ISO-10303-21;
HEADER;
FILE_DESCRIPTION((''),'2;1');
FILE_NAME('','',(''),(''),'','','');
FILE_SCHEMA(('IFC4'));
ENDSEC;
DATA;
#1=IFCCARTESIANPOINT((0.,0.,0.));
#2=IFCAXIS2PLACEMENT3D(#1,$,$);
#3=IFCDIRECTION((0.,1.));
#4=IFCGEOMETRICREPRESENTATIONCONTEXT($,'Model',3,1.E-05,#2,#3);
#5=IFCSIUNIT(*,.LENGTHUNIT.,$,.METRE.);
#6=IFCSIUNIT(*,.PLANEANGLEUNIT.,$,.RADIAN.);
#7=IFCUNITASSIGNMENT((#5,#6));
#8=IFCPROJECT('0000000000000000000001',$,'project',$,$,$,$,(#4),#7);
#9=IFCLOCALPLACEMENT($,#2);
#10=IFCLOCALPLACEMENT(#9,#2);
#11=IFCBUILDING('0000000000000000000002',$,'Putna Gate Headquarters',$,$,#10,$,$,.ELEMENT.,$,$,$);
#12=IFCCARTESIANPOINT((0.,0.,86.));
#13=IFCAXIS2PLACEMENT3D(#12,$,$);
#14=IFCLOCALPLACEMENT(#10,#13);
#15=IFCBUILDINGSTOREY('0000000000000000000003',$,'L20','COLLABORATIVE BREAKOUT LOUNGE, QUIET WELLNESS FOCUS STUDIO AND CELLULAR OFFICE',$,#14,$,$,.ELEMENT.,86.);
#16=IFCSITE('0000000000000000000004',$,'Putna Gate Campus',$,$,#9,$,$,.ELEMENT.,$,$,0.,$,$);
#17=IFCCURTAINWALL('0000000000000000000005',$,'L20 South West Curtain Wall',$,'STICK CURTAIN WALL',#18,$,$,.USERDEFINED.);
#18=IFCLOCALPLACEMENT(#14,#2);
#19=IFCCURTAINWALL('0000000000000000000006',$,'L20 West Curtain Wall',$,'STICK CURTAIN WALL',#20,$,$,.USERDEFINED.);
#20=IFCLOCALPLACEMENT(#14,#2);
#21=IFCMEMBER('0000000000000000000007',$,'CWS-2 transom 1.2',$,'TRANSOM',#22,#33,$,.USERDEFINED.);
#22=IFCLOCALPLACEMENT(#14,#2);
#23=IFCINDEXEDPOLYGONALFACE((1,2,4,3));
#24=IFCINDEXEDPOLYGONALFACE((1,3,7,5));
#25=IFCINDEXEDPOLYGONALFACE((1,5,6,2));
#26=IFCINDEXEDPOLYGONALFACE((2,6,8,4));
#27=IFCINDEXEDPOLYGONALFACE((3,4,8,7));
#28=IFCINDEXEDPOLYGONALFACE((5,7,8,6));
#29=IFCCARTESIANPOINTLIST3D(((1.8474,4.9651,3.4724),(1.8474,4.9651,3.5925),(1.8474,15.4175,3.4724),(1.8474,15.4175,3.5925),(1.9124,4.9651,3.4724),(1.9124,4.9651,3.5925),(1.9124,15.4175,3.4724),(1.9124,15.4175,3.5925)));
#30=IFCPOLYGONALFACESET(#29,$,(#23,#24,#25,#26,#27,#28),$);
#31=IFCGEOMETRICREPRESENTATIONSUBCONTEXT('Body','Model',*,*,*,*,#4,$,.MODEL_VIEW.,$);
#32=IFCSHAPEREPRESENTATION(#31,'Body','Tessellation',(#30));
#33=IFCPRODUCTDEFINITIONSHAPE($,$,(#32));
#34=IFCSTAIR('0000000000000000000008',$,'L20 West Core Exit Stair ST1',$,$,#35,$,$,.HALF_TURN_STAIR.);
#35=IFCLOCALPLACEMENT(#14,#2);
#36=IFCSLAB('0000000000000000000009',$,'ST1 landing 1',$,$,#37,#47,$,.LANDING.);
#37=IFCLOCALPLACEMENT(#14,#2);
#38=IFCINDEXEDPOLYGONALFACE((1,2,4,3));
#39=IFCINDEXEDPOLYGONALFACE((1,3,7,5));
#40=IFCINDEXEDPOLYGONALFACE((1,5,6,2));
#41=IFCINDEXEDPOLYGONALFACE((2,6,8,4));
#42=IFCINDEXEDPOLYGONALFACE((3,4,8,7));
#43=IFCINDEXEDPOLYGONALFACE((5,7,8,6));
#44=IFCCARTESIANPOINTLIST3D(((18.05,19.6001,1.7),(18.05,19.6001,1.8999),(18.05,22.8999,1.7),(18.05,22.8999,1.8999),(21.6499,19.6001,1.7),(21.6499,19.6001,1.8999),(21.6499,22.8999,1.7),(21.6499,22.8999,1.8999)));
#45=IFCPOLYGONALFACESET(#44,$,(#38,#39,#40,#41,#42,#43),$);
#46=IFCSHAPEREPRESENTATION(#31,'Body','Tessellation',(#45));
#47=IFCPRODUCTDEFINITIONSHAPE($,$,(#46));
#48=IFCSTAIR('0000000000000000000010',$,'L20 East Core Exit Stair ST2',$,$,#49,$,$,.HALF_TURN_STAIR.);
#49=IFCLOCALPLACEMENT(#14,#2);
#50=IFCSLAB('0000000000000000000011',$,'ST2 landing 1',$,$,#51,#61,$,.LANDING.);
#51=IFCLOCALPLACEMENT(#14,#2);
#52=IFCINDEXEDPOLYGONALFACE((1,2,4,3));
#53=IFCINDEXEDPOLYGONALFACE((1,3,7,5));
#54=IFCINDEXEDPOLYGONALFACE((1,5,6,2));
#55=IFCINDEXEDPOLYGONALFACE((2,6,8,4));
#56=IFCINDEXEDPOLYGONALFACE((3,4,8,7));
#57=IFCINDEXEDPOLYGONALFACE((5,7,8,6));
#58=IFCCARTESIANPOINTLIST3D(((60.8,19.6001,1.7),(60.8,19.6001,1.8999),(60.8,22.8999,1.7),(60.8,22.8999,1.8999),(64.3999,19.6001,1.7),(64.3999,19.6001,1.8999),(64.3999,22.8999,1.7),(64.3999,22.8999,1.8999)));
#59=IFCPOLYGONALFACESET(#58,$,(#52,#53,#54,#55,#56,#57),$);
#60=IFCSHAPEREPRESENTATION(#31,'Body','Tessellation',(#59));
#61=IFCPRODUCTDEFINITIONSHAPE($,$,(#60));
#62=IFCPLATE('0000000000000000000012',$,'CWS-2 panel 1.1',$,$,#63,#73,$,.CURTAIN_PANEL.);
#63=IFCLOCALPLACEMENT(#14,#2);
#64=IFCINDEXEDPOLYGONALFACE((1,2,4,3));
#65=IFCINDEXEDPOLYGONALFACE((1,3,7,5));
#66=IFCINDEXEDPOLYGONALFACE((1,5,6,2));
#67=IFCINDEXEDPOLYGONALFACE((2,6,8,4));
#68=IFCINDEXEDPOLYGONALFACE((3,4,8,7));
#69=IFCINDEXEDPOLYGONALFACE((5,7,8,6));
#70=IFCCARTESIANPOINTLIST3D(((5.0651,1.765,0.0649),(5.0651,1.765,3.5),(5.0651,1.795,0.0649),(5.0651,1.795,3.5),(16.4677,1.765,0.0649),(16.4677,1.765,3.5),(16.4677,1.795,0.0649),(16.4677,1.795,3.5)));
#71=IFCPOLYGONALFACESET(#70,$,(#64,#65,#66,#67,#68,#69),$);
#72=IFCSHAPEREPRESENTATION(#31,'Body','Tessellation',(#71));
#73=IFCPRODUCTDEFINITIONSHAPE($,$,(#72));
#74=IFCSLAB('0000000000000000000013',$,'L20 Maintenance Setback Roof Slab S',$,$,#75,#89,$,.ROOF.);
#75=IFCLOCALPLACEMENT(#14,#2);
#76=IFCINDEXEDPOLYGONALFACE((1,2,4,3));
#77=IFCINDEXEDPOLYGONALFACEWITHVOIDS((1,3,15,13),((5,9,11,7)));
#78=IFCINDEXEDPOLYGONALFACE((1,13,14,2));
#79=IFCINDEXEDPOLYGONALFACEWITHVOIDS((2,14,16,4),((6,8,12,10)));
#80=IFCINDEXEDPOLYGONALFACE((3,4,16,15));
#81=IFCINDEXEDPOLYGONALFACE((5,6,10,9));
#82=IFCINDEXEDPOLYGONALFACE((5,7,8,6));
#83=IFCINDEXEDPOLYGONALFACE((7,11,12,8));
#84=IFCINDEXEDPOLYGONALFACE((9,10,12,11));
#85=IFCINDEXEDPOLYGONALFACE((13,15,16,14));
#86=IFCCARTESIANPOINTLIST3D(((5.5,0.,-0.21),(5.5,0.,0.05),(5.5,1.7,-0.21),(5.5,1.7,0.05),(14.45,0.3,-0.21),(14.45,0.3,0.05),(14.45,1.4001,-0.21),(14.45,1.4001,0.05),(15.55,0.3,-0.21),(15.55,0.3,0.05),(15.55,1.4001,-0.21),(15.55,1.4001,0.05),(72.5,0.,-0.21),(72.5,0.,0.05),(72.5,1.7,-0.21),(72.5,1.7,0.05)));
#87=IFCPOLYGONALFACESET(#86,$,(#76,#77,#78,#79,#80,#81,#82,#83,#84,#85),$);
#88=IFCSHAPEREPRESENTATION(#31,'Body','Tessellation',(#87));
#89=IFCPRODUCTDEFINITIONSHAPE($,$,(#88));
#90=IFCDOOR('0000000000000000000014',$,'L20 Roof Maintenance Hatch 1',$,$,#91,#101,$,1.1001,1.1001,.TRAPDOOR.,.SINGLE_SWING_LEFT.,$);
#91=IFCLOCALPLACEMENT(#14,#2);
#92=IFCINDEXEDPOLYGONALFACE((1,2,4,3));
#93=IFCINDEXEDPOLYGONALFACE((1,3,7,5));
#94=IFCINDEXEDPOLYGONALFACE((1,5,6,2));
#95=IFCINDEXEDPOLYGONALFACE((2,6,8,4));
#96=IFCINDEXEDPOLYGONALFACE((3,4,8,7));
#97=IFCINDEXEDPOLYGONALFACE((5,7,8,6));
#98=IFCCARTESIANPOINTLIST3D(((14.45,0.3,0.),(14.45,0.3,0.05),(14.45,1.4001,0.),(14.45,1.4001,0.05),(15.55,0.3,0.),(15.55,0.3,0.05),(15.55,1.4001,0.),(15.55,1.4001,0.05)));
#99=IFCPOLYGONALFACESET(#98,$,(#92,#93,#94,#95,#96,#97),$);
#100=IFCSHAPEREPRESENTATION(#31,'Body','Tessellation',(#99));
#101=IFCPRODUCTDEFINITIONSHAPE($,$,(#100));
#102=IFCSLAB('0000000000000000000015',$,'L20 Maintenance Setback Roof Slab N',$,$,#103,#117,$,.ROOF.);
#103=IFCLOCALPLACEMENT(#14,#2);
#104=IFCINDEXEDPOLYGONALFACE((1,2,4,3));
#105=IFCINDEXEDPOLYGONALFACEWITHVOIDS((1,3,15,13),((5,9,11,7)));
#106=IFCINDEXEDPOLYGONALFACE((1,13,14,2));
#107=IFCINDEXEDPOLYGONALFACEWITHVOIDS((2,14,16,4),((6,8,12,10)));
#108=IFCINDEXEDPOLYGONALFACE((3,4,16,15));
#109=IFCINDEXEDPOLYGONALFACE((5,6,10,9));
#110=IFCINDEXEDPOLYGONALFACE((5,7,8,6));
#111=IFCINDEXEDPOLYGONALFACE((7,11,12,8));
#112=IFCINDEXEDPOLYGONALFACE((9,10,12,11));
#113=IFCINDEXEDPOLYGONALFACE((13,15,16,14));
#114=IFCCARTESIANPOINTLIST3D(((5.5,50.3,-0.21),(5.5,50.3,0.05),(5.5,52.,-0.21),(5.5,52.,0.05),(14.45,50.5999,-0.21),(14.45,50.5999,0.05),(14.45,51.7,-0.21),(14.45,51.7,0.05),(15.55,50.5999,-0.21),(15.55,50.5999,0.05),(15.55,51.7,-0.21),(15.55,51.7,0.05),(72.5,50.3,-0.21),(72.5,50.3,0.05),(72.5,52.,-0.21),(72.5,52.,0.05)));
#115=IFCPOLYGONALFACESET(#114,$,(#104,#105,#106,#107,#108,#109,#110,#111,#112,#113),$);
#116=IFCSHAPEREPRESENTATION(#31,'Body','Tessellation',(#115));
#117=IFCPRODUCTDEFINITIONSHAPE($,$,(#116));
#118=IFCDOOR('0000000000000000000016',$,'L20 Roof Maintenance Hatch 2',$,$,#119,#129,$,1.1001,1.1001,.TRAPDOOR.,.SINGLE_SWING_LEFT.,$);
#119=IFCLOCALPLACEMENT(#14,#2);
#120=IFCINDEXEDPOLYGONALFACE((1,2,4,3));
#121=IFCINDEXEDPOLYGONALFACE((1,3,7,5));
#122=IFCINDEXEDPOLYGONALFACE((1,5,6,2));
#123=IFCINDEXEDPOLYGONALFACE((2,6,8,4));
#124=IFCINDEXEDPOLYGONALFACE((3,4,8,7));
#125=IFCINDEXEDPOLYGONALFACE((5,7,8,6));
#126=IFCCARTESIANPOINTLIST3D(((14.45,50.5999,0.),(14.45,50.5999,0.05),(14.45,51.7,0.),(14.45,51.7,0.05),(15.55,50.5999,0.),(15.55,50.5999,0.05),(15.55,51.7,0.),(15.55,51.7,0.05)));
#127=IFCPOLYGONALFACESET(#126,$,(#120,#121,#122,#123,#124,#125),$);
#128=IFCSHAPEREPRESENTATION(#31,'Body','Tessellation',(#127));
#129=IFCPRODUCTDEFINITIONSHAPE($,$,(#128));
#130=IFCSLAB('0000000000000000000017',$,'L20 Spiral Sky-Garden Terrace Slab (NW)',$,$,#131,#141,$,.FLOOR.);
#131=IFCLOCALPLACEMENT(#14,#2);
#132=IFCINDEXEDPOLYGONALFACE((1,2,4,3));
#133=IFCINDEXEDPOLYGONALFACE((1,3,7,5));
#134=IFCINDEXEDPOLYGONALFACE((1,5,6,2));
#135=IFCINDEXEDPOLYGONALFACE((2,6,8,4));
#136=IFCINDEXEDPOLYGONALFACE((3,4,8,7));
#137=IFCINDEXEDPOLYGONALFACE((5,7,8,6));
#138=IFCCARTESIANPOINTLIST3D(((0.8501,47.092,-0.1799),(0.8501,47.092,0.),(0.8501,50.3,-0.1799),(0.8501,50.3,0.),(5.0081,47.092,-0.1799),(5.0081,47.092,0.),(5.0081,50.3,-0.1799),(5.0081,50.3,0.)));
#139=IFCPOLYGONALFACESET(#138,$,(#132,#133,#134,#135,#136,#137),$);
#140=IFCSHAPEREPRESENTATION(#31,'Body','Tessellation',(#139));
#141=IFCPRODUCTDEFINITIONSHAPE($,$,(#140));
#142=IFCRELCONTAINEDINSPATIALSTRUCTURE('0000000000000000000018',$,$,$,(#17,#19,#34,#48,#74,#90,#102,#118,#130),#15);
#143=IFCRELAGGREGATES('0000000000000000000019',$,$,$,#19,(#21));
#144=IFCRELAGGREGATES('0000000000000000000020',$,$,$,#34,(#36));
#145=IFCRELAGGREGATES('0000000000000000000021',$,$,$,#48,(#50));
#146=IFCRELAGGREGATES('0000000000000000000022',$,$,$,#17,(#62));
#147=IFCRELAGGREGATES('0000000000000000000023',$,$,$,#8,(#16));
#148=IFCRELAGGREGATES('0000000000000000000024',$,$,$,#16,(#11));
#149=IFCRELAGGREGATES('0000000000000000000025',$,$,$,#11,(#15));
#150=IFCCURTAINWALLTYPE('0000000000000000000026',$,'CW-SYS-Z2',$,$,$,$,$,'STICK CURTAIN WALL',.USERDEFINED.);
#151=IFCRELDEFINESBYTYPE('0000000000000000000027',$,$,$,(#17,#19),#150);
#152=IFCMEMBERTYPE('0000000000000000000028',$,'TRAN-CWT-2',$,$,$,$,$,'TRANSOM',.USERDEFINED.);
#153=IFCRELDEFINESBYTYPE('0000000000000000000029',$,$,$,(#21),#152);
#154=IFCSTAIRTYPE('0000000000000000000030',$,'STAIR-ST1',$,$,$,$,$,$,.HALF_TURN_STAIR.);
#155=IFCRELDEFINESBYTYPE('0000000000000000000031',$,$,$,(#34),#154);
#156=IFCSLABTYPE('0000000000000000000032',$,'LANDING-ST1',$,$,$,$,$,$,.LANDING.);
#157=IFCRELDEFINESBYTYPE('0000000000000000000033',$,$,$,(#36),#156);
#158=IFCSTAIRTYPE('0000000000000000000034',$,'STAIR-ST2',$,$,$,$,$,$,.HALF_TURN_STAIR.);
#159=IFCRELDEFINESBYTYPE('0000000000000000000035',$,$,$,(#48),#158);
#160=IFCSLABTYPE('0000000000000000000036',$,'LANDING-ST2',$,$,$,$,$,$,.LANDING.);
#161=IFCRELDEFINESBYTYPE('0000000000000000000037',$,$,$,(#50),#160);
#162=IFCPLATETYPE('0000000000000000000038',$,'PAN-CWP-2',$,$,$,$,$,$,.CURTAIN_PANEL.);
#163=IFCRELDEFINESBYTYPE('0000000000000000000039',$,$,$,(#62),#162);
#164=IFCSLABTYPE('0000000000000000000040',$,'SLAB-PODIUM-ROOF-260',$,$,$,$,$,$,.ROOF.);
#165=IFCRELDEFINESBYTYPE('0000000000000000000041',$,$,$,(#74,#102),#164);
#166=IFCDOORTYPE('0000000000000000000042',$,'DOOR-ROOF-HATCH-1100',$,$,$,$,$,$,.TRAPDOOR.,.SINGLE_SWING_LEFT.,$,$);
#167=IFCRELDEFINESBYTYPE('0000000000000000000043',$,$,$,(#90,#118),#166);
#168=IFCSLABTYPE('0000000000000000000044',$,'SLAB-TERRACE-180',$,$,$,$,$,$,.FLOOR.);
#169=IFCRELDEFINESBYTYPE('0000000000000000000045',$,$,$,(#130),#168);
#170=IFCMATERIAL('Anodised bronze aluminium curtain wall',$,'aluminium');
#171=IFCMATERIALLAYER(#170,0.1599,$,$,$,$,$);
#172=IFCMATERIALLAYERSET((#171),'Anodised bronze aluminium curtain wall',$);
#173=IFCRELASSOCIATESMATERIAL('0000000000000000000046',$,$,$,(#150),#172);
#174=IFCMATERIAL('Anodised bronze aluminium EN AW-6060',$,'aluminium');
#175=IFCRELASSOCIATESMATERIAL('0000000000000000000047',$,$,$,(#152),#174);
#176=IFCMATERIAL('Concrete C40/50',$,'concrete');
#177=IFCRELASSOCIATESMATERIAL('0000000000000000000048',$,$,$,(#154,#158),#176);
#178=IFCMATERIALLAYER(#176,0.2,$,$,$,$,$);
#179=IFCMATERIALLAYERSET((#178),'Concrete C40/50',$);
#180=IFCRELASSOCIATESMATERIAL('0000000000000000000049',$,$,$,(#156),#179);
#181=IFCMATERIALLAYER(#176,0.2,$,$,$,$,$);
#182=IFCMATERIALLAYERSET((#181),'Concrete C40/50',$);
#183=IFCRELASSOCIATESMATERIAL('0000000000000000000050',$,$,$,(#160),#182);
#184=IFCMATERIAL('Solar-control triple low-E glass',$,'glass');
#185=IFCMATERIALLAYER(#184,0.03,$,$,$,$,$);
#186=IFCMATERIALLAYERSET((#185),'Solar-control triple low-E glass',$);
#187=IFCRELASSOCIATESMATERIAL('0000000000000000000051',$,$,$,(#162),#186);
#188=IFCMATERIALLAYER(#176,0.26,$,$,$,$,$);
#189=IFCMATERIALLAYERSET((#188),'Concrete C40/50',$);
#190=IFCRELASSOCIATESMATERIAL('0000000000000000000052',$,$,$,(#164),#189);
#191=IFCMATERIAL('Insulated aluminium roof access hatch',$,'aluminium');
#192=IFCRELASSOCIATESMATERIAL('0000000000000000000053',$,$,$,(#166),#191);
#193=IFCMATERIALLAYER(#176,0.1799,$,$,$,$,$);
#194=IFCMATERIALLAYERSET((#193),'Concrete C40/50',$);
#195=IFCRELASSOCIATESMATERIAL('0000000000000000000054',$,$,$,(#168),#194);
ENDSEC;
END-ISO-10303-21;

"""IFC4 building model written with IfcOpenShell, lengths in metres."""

from ifc_helpers import new_model, si_unit, direction, frame, origin, origin_2d, place, context, subcontext, project, spatial, polyline, rectangle, outline, extrude, material, layer, layer_set, material_profile, profile_set, type_object, element, fill, aggregate, save


model = new_model("IFC4")

# Units and contexts
model_context = context("Model", 3, precision=1e-05, world=origin(), true_north=direction((0.0, 1.0)))
body_context = subcontext(model_context, "Body", "Model", "MODEL_VIEW")
ifc_project = project(units=[si_unit("LENGTHUNIT", "METRE"), si_unit("PLANEANGLEUNIT", "RADIAN")], contexts=[model_context])

# Site, building, storey
site_placement = place(None, origin())
site = spatial("IfcSite", under=ifc_project, at=site_placement, Name="Putna Gate Campus", CompositionType="ELEMENT", RefElevation=0.0)
building_placement = place(site_placement, origin())
building = spatial("IfcBuilding", under=site, at=building_placement, Name="Putna Gate Headquarters", CompositionType="ELEMENT")
storey_placement = place(building_placement, frame((0.0, 0.0, 86.0)))
storey = spatial("IfcBuildingStorey", under=building, at=storey_placement, Name="L20", Description="COLLABORATIVE BREAKOUT LOUNGE, QUIET WELLNESS FOCUS STUDIO AND CELLULAR OFFICE", CompositionType="ELEMENT", Elevation=86.0)

# Curtain walls
ifc_material_1 = material(Name="Anodised bronze aluminium curtain wall", Category="aluminium")
ifc_layer_1 = layer(ifc_material_1, 0.1599)
ifc_layer_set_1 = layer_set([ifc_layer_1], Name="Anodised bronze aluminium curtain wall")
curtain_wall_type = type_object("IfcCurtainWallType", Name="CW-SYS-Z2", ElementType="STICK CURTAIN WALL", PredefinedType="USERDEFINED", material=ifc_layer_set_1)
curtain_wall_1_placement = place(storey_placement, origin())
curtain_wall_1 = element("IfcCurtainWall", 1, at=curtain_wall_1_placement, inside=storey, type_object=curtain_wall_type, Name="L20 South West Curtain Wall", ObjectType="STICK CURTAIN WALL", PredefinedType="USERDEFINED")
ifc_material_2 = material(Name="Anodised bronze aluminium EN AW-6060", Category="aluminium")
curtain_wall_2_placement = place(storey_placement, origin())
curtain_wall_2 = element("IfcCurtainWall", 2, at=curtain_wall_2_placement, inside=storey, type_object=curtain_wall_type, Name="L20 West Curtain Wall", ObjectType="STICK CURTAIN WALL", PredefinedType="USERDEFINED")

# Member
ifc_material_profile_1 = material_profile(ifc_material_2, rectangle(XDim=0.0649, YDim=0.1201, at=origin_2d()), Name="Anodised bronze aluminium EN AW-6060")
ifc_profile_set_1 = profile_set([ifc_material_profile_1], Name="Anodised bronze aluminium EN AW-6060")
member_type_1 = type_object("IfcMemberType", Name="TRAN-CWT-2", ElementType="TRANSOM", PredefinedType="USERDEFINED", material=ifc_profile_set_1)
member_1_placement = place(storey_placement, frame((1.8799, 4.9651, 3.5325), z_axis=(0.0, 1.0, 0.0), x_axis=(-1.0, 0.0, 0.0)))
member_1 = element("IfcMember", 3, at=member_1_placement, type_object=member_type_1, Name="CWS-2 transom 1.2", ObjectType="TRANSOM", PredefinedType="USERDEFINED", context=body_context, shape_type="SweptSolid", body=[
    extrude(rectangle(XDim=0.0649, YDim=0.1201, at=origin_2d()), origin(), (0.0, 0.0, 1.0), 10.4524),
])
aggregate(curtain_wall_2, [member_1])

# Stairs, slabs
ifc_material_3 = material(Name="Concrete C40/50", Category="concrete")
stair_type_1 = type_object("IfcStairType", Name="STAIR-ST1", PredefinedType="HALF_TURN_STAIR", material=ifc_material_3)
stair_1_placement = place(storey_placement, origin())
stair_1 = element("IfcStair", 4, at=stair_1_placement, inside=storey, type_object=stair_type_1, Name="L20 West Core Exit Stair ST1", PredefinedType="HALF_TURN_STAIR")
ifc_layer_2 = layer(ifc_material_3, 0.2)
ifc_layer_set_2 = layer_set([ifc_layer_2], Name="Concrete C40/50")
slab_type_1 = type_object("IfcSlabType", Name="LANDING-ST1", PredefinedType="LANDING", material=ifc_layer_set_2)
slab_1_placement = place(storey_placement, frame((0.0, 0.0, 1.7)))
slab_1 = element("IfcSlab", 5, at=slab_1_placement, type_object=slab_type_1, Name="ST1 landing 1", PredefinedType="LANDING", context=body_context, shape_type="SweptSolid", body=[
    extrude(outline(polyline([(18.05, 19.6001), (21.6499, 19.6001), (21.6499, 22.8999), (18.05, 22.8999), (18.05, 19.6001)])), origin(), (0.0, 0.0, 1.0), 0.2),
])
aggregate(stair_1, [slab_1])
stair_type_2 = type_object("IfcStairType", Name="STAIR-ST2", PredefinedType="HALF_TURN_STAIR", material=ifc_material_3)
stair_2_placement = place(storey_placement, origin())
stair_2 = element("IfcStair", 6, at=stair_2_placement, inside=storey, type_object=stair_type_2, Name="L20 East Core Exit Stair ST2", PredefinedType="HALF_TURN_STAIR")
ifc_layer_3 = layer(ifc_material_3, 0.2)
ifc_layer_set_3 = layer_set([ifc_layer_3], Name="Concrete C40/50")
slab_type_2 = type_object("IfcSlabType", Name="LANDING-ST2", PredefinedType="LANDING", material=ifc_layer_set_3)
slab_2_placement = place(storey_placement, frame((0.0, 0.0, 1.7)))
slab_2 = element("IfcSlab", 7, at=slab_2_placement, type_object=slab_type_2, Name="ST2 landing 1", PredefinedType="LANDING", context=body_context, shape_type="SweptSolid", body=[
    extrude(outline(polyline([(60.8, 19.6001), (64.3999, 19.6001), (64.3999, 22.8999), (60.8, 22.8999), (60.8, 19.6001)])), origin(), (0.0, 0.0, 1.0), 0.2),
])
aggregate(stair_2, [slab_2])

# Plate
ifc_material_4 = material(Name="Solar-control triple low-E glass", Category="glass")
ifc_layer_4 = layer(ifc_material_4, 0.03)
ifc_layer_set_4 = layer_set([ifc_layer_4], Name="Solar-control triple low-E glass")
plate_type = type_object("IfcPlateType", Name="PAN-CWP-2", PredefinedType="CURTAIN_PANEL", material=ifc_layer_set_4)
plate_placement = place(storey_placement, frame((10.7664, 1.78, 0.0649), z_axis=(0.0, 0.0, 1.0), x_axis=(1.0, 0.0, 0.0)))
plate = element("IfcPlate", 8, at=plate_placement, type_object=plate_type, Name="CWS-2 panel 1.1", PredefinedType="CURTAIN_PANEL", context=body_context, shape_type="SweptSolid", body=[
    extrude(rectangle(XDim=11.4026, YDim=0.03, at=origin_2d()), origin(), (0.0, 0.0, 1.0), 3.4351),
])
aggregate(curtain_wall_1, [plate])

# Slabs, openings, doors
ifc_layer_5 = layer(ifc_material_3, 0.26)
ifc_layer_set_5 = layer_set([ifc_layer_5], Name="Concrete C40/50")
slab_type_3 = type_object("IfcSlabType", Name="SLAB-PODIUM-ROOF-260", PredefinedType="ROOF", material=ifc_layer_set_5)
slab_3_placement = place(storey_placement, frame((0.0, 0.0, -0.21)))
slab_3 = element("IfcSlab", 9, at=slab_3_placement, inside=storey, type_object=slab_type_3, Name="L20 Maintenance Setback Roof Slab S", PredefinedType="ROOF", context=body_context, shape_type="SweptSolid", body=[
    extrude(outline(polyline([(5.5, 0.0), (72.5, 0.0), (72.5, 1.7), (5.5, 1.7), (5.5, 0.0)])), origin(), (0.0, 0.0, 1.0), 0.26),
])
opening_1_placement = place(slab_3_placement, frame((15.0, 0.8501, 0.0)))
opening_1 = element("IfcOpeningElement", 10, at=opening_1_placement, cuts=slab_3, PredefinedType="OPENING", context=body_context, shape_type="SweptSolid", body=[
    extrude(rectangle(XDim=1.1001, YDim=1.1001, at=origin_2d()), origin(), (0.0, 0.0, 1.0), 0.26),
])
ifc_material_5 = material(Name="Insulated aluminium roof access hatch", Category="aluminium")
door_type = type_object("IfcDoorType", Name="DOOR-ROOF-HATCH-1100", OperationType="SINGLE_SWING_LEFT", PredefinedType="TRAPDOOR", material=ifc_material_5)
door_1_placement = place(opening_1_placement, frame((0.0, 0.0, 0.21)))
door_1 = element("IfcDoor", 11, at=door_1_placement, inside=storey, type_object=door_type, Name="L20 Roof Maintenance Hatch 1", OperationType="SINGLE_SWING_LEFT", OverallHeight=1.1001, OverallWidth=1.1001, PredefinedType="TRAPDOOR", context=body_context, shape_type="SweptSolid", body=[
    extrude(rectangle(XDim=1.1001, YDim=1.1001, at=origin_2d()), origin(), (0.0, 0.0, 1.0), 0.05),
])
fill(opening_1, door_1)
slab_4_placement = place(storey_placement, frame((0.0, 0.0, -0.21)))
slab_4 = element("IfcSlab", 12, at=slab_4_placement, inside=storey, type_object=slab_type_3, Name="L20 Maintenance Setback Roof Slab N", PredefinedType="ROOF", context=body_context, shape_type="SweptSolid", body=[
    extrude(outline(polyline([(5.5, 50.3), (72.5, 50.3), (72.5, 52.0), (5.5, 52.0), (5.5, 50.3)])), origin(), (0.0, 0.0, 1.0), 0.26),
])
opening_2_placement = place(slab_4_placement, frame((15.0, 51.1499, 0.0)))
opening_2 = element("IfcOpeningElement", 13, at=opening_2_placement, cuts=slab_4, PredefinedType="OPENING", context=body_context, shape_type="SweptSolid", body=[
    extrude(rectangle(XDim=1.1001, YDim=1.1001, at=origin_2d()), origin(), (0.0, 0.0, 1.0), 0.26),
])
door_2_placement = place(opening_2_placement, frame((0.0, 0.0, 0.21)))
door_2 = element("IfcDoor", 14, at=door_2_placement, inside=storey, type_object=door_type, Name="L20 Roof Maintenance Hatch 2", OperationType="SINGLE_SWING_LEFT", OverallHeight=1.1001, OverallWidth=1.1001, PredefinedType="TRAPDOOR", context=body_context, shape_type="SweptSolid", body=[
    extrude(rectangle(XDim=1.1001, YDim=1.1001, at=origin_2d()), origin(), (0.0, 0.0, 1.0), 0.05),
])
fill(opening_2, door_2)

# Slab
ifc_layer_6 = layer(ifc_material_3, 0.1799)
ifc_layer_set_6 = layer_set([ifc_layer_6], Name="Concrete C40/50")
slab_type_4 = type_object("IfcSlabType", Name="SLAB-TERRACE-180", PredefinedType="FLOOR", material=ifc_layer_set_6)
slab_5_placement = place(storey_placement, frame((0.0, 0.0, -0.1799)))
element("IfcSlab", 15, at=slab_5_placement, inside=storey, type_object=slab_type_4, Name="L20 Spiral Sky-Garden Terrace Slab (NW)", PredefinedType="FLOOR", context=body_context, shape_type="SweptSolid", body=[
    extrude(outline(polyline([(0.8501, 47.092), (5.0081, 47.092), (5.0081, 50.3), (0.8501, 50.3), (0.8501, 47.092)])), origin(), (0.0, 0.0, 1.0), 0.1799),
])

save(model, "model.ifc")
